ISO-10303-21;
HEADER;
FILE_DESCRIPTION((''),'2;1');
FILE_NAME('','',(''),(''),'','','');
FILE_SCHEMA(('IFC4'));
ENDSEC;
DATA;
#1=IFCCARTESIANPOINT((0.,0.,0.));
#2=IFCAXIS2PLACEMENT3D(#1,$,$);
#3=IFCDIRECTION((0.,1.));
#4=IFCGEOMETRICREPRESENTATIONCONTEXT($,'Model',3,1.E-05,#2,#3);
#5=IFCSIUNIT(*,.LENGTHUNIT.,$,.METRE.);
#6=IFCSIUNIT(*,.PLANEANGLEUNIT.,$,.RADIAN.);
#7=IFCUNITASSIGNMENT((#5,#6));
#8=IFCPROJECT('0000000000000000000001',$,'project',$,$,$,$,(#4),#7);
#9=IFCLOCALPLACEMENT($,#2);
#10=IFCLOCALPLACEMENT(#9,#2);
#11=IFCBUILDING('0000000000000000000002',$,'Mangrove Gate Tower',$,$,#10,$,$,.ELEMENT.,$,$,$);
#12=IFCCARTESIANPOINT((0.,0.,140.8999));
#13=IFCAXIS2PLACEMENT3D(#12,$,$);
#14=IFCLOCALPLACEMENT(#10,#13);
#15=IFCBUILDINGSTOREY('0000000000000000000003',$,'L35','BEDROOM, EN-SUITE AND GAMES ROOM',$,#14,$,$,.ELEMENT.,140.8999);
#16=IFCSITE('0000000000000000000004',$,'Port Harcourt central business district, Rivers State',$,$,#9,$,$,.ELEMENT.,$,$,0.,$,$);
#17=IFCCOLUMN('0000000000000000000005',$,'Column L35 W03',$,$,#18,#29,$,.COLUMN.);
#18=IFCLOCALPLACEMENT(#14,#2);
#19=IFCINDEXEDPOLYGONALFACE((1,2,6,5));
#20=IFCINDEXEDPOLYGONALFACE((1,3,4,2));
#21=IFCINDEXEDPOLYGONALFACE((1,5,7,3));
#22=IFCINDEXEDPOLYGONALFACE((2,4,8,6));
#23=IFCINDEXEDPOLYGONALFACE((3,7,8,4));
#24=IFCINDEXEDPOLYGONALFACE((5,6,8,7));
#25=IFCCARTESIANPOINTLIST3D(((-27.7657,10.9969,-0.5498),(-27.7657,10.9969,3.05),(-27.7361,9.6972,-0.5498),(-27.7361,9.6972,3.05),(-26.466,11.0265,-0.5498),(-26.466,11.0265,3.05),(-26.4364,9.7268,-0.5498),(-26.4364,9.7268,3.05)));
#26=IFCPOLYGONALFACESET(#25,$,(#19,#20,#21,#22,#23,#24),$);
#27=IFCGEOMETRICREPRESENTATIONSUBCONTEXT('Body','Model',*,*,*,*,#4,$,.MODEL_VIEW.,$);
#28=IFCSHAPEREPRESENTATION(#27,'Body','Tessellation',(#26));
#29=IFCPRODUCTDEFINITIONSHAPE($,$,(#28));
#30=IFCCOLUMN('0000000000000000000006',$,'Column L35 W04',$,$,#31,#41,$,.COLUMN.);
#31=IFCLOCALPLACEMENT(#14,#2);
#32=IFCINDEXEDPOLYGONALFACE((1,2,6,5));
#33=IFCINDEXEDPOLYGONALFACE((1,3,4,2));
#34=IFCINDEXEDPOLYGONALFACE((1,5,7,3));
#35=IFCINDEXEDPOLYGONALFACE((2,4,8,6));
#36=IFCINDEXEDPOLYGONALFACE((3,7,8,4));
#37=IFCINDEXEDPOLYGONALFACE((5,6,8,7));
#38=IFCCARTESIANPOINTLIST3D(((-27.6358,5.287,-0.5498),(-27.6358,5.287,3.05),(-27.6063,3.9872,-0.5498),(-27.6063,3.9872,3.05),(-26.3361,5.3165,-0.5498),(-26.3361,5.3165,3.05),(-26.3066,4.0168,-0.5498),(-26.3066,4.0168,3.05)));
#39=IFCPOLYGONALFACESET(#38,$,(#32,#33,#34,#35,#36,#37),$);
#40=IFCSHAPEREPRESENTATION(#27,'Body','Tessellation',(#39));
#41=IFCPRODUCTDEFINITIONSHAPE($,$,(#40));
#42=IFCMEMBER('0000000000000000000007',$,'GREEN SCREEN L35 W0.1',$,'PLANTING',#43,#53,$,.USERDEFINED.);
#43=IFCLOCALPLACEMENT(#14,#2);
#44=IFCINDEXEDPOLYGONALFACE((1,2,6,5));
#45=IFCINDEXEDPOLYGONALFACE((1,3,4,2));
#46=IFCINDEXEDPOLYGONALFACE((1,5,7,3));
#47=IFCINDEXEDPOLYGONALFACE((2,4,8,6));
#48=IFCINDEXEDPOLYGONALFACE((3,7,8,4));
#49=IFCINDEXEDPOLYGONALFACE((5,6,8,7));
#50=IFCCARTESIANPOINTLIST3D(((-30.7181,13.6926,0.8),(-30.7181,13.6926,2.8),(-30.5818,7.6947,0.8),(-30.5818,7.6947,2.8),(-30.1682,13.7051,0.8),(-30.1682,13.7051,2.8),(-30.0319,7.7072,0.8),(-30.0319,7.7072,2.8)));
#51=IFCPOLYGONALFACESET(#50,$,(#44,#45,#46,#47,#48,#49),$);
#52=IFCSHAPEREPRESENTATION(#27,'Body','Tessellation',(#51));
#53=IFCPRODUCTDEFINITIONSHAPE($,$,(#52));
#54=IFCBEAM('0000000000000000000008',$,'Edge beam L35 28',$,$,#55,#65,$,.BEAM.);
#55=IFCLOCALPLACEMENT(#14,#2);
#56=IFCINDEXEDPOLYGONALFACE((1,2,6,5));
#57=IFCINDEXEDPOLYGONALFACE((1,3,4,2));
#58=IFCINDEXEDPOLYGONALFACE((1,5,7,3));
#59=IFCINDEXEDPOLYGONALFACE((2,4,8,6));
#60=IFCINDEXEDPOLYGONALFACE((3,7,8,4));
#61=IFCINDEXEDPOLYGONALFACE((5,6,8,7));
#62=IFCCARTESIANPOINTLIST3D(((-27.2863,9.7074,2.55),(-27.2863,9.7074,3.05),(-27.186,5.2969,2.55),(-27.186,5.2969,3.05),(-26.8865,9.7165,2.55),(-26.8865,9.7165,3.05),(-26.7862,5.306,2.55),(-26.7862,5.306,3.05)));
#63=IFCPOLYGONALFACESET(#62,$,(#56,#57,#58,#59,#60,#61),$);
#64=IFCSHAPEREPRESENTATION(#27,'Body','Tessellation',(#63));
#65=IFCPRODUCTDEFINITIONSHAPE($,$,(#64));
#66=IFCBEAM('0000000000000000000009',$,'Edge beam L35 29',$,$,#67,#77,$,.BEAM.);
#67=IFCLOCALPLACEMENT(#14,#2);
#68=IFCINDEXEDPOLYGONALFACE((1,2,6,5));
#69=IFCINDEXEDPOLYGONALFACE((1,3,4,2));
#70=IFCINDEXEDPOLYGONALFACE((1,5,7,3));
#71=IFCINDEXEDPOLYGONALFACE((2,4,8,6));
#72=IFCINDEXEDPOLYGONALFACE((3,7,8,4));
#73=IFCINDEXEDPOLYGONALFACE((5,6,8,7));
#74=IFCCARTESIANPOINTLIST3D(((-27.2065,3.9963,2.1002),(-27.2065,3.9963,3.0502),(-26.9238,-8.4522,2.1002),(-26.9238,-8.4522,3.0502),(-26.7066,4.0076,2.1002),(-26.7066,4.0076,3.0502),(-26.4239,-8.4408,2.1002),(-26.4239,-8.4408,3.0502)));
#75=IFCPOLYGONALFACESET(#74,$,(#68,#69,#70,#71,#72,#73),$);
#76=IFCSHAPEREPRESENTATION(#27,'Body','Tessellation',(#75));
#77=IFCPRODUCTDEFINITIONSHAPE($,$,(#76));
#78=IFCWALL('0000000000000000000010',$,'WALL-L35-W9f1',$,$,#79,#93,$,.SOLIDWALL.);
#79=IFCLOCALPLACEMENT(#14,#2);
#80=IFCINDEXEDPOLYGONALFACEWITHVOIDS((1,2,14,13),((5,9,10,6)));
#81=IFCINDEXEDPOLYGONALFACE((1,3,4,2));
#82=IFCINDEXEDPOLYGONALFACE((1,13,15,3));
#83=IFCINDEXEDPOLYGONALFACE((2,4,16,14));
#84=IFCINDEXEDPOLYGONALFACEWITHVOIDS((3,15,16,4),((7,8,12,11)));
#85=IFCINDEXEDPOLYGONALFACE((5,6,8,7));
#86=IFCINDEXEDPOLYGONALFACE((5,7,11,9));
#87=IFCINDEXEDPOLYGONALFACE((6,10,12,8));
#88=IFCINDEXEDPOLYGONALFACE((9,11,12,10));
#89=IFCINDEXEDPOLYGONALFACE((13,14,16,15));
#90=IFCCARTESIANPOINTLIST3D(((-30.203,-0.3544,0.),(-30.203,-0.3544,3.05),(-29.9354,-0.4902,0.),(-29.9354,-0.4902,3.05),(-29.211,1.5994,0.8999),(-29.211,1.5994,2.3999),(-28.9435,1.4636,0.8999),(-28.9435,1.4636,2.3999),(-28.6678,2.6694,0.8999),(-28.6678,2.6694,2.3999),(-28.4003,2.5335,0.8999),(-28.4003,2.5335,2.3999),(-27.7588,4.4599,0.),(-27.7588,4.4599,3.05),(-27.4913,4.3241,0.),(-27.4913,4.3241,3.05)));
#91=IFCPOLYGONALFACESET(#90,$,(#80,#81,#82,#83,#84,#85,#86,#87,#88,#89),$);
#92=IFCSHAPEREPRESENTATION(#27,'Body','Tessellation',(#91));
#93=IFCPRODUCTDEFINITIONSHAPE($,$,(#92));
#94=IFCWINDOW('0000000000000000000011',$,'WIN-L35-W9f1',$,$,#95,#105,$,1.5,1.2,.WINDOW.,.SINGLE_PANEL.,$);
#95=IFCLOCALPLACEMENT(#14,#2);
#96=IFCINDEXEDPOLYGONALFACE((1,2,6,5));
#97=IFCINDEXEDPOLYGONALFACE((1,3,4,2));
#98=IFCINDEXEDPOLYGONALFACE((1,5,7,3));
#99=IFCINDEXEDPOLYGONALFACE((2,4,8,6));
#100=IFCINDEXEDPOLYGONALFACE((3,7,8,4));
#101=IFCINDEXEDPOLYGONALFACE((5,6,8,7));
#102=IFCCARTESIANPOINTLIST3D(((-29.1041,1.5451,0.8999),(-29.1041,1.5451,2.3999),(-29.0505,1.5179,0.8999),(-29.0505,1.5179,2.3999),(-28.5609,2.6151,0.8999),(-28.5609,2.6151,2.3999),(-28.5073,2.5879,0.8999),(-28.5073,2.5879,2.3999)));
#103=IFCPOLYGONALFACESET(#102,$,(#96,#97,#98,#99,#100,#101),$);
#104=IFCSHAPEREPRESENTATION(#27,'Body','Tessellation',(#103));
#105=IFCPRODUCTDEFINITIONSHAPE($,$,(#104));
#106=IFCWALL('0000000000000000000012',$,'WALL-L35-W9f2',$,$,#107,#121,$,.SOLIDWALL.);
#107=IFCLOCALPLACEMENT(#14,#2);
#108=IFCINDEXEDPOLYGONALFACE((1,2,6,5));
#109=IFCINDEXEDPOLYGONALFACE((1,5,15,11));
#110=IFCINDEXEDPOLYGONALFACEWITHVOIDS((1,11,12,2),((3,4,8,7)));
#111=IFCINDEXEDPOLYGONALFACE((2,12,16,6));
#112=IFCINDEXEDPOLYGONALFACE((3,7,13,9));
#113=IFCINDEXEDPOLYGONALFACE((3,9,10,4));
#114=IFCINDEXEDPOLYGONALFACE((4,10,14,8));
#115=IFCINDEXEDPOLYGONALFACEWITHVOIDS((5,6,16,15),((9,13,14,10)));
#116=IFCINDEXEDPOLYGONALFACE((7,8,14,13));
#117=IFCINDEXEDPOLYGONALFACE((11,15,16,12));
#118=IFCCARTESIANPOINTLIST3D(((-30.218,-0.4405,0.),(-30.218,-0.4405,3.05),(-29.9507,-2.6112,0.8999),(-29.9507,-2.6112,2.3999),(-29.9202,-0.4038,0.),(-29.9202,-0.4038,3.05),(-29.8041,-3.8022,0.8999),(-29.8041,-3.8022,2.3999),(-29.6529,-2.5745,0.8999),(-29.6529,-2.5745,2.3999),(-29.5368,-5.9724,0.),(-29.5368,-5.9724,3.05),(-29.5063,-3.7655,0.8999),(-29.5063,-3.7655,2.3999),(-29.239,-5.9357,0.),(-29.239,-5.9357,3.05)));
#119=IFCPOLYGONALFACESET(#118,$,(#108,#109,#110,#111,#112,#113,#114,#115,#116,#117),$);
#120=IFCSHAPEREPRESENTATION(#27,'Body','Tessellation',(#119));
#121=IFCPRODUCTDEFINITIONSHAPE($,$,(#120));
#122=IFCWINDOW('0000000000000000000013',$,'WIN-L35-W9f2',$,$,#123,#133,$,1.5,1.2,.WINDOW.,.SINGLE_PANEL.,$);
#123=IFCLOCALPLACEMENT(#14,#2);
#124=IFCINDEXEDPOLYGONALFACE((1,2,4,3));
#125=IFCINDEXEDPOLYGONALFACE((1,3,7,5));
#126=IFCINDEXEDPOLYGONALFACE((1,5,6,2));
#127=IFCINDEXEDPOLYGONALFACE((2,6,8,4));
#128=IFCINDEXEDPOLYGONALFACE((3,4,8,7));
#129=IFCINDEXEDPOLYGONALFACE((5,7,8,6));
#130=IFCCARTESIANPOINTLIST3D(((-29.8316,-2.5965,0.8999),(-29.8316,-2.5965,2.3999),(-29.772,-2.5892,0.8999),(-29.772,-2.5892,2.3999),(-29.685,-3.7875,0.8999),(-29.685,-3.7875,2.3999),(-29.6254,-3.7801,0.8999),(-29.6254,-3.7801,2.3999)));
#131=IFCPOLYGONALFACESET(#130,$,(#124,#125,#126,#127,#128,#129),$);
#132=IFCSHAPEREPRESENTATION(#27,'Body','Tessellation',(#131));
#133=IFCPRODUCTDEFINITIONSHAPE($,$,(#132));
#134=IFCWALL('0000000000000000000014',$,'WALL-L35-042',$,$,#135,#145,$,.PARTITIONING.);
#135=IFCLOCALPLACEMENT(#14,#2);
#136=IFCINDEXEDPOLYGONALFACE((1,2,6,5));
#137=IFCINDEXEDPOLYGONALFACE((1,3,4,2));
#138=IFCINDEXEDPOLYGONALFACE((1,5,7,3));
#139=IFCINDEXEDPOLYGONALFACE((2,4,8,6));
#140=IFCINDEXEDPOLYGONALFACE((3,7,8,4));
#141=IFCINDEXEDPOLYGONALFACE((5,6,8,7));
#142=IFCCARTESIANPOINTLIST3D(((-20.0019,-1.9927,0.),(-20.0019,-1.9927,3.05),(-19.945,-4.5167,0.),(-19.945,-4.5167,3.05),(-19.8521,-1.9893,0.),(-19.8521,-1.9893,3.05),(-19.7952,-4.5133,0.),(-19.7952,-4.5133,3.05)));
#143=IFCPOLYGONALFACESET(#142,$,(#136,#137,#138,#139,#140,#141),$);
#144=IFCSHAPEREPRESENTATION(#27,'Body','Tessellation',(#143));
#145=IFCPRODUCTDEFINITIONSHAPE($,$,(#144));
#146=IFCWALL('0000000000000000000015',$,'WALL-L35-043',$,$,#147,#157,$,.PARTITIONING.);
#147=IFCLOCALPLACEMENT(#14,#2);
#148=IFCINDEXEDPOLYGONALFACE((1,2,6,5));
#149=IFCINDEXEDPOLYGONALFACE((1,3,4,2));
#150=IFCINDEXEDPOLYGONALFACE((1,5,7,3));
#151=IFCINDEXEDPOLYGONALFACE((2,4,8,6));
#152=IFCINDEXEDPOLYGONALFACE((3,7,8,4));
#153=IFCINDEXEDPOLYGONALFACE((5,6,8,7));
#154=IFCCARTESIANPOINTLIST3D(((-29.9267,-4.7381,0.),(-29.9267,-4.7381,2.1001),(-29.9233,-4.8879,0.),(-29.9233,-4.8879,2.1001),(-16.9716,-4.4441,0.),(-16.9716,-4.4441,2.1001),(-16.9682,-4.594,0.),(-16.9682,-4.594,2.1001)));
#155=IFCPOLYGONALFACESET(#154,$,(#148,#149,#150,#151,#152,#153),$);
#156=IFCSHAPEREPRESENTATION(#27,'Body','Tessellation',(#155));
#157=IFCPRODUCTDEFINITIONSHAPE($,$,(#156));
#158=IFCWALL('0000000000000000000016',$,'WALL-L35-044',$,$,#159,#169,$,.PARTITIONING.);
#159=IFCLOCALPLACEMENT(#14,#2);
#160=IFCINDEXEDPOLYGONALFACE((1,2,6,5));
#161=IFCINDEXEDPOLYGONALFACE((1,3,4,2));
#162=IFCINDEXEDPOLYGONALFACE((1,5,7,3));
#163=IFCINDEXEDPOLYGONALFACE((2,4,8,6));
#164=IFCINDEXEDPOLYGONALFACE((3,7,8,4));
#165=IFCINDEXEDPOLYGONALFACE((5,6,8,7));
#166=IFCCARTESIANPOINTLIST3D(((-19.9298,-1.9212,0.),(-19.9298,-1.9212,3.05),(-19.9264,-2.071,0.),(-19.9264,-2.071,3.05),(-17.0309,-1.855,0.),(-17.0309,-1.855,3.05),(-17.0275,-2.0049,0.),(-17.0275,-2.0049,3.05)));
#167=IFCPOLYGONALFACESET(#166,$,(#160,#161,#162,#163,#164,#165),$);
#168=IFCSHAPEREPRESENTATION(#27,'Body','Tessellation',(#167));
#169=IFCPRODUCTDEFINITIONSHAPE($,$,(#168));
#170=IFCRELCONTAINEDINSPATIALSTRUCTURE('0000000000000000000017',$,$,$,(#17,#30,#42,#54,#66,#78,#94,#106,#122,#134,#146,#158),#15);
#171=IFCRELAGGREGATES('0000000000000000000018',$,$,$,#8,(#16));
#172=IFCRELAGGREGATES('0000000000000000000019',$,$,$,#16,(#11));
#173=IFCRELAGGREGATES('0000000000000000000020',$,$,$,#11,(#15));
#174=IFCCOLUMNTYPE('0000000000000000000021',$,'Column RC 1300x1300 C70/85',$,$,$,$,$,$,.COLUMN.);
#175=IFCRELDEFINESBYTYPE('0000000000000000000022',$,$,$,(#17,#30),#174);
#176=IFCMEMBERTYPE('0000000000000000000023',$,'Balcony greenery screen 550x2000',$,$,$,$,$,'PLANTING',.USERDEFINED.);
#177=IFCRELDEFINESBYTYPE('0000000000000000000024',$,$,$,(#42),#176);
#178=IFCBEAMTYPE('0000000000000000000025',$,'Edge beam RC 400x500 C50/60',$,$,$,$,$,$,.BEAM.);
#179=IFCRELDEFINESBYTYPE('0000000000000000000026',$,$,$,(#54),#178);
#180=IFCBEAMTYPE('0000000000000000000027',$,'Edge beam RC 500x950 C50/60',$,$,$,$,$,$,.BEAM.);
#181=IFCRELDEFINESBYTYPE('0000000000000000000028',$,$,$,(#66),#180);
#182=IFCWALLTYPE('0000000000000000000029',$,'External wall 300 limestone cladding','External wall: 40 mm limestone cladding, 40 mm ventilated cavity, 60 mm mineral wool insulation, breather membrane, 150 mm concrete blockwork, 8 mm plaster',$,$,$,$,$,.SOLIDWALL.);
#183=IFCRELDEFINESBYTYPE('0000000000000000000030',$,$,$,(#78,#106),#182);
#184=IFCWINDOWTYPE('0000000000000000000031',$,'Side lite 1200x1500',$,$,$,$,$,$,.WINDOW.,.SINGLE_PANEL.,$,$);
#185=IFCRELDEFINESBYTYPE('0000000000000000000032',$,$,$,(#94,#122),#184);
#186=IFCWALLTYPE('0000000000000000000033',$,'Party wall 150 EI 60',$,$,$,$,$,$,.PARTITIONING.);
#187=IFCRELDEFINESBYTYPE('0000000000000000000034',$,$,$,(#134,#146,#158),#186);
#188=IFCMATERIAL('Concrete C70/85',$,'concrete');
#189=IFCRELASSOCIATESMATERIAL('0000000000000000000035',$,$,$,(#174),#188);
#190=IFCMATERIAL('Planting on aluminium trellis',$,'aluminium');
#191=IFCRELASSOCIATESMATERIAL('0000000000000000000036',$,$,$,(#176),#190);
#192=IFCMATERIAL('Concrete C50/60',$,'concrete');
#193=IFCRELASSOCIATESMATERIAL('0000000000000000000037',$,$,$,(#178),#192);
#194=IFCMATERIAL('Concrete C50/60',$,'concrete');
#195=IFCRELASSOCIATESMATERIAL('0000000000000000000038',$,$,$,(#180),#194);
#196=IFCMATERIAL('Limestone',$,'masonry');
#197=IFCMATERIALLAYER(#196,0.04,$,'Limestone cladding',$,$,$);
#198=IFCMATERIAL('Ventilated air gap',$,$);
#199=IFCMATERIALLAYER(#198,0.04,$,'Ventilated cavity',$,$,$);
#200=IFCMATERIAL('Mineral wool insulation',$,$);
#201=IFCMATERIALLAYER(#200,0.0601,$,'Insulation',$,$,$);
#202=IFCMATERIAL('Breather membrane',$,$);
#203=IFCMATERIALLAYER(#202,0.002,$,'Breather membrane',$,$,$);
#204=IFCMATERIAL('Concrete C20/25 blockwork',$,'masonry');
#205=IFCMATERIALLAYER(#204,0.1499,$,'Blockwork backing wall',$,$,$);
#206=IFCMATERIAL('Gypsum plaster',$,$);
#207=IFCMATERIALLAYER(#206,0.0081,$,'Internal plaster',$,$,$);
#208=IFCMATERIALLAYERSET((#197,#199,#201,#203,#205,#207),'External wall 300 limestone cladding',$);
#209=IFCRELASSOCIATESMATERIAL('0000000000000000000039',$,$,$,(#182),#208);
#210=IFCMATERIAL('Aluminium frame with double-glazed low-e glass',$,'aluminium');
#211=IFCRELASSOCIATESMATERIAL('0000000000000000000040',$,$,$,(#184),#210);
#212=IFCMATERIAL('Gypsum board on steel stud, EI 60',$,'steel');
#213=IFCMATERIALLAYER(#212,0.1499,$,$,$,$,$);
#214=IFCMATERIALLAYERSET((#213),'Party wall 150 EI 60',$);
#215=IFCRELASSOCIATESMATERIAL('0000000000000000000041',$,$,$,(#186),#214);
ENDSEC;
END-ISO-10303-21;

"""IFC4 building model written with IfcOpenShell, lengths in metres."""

from ifc_helpers import new_model, si_unit, direction, frame, frame_2d, origin, origin_2d, place, context, subcontext, project, spatial, rectangle, extrude, material, layer, layer_set, material_profile, profile_set, type_object, element, fill, save


model = new_model("IFC4")

# Units and contexts
model_context = context("Model", 3, precision=1e-05, world=origin(), true_north=direction((0.0, 1.0)))
body_context = subcontext(model_context, "Body", "Model", "MODEL_VIEW")
ifc_project = project(units=[si_unit("LENGTHUNIT", "METRE"), si_unit("PLANEANGLEUNIT", "RADIAN")], contexts=[model_context])

# Site, building, storey
site_placement = place(None, origin())
site = spatial("IfcSite", under=ifc_project, at=site_placement, Name="Port Harcourt central business district, Rivers State", CompositionType="ELEMENT", RefElevation=0.0)
building_placement = place(site_placement, origin())
building = spatial("IfcBuilding", under=site, at=building_placement, Name="Mangrove Gate Tower", CompositionType="ELEMENT")
storey_placement = place(building_placement, frame((0.0, 0.0, 140.8999)))
storey = spatial("IfcBuildingStorey", under=building, at=storey_placement, Name="L35", Description="BEDROOM, EN-SUITE AND GAMES ROOM", CompositionType="ELEMENT", Elevation=140.8999)

# Columns
ifc_material_1 = material(Name="Concrete C70/85", Category="concrete")
ifc_material_profile_1 = material_profile(ifc_material_1, rectangle(XDim=1.3, YDim=1.3, at=origin_2d()))
ifc_profile_set_1 = profile_set([ifc_material_profile_1], Name="Concrete C70/85")
column_type = type_object("IfcColumnType", Name="Column RC 1300x1300 C70/85", PredefinedType="COLUMN", material=ifc_profile_set_1)
for number, where, z_axis, x_axis, name in (
    (1, (-27.1011, 10.3618, -0.5498), (0.0, 0.0, 1.0), (0.022759, -0.999741, 0.0), "Column L35 W03"),
    (2, (-26.9712, 4.6519, -0.5498), (0.0, 0.0, 1.0), (0.02271, -0.999742, 0.0), "Column L35 W04"),
):
    element("IfcColumn", number, at=place(storey_placement, frame(where, z_axis=z_axis, x_axis=x_axis)), inside=storey, type_object=column_type, Name=name, PredefinedType="COLUMN", context=body_context, shape_type="SweptSolid", body=[
        extrude(rectangle(XDim=1.3, YDim=1.3, at=origin_2d()), origin(), (0.0, 0.0, 1.0), 3.5999),
    ])

# Member
ifc_material_2 = material(Name="Planting on aluminium trellis", Category="aluminium")
ifc_material_profile_2 = material_profile(ifc_material_2, rectangle(XDim=0.55, YDim=2.0, at=origin_2d()))
ifc_profile_set_2 = profile_set([ifc_material_profile_2], Name="Planting on aluminium trellis")
member_type = type_object("IfcMemberType", Name="Balcony greenery screen 550x2000", ElementType="PLANTING", PredefinedType="USERDEFINED", material=ifc_profile_set_2)
member_placement = place(storey_placement, frame((-30.3069, 7.7009, 1.8), z_axis=(-0.022707, 0.999742, 0.0), x_axis=(-0.999742, -0.022707, 0.0)))
element("IfcMember", 3, at=member_placement, inside=storey, type_object=member_type, Name="GREEN SCREEN L35 W0.1", ObjectType="PLANTING", PredefinedType="USERDEFINED", context=body_context, shape_type="SweptSolid", body=[
    extrude(rectangle(XDim=0.55, YDim=2.0, at=origin_2d()), origin(), (0.0, 0.0, 1.0), 5.9995),
])

# Beams
ifc_material_3 = material(Name="Concrete C50/60", Category="concrete")
ifc_material_profile_3 = material_profile(ifc_material_3, rectangle(XDim=0.3999, YDim=0.5, at=origin_2d()))
ifc_profile_set_3 = profile_set([ifc_material_profile_3], Name="Concrete C50/60")
beam_type_1 = type_object("IfcBeamType", Name="Edge beam RC 400x500 C50/60", PredefinedType="BEAM", material=ifc_profile_set_3)
beam_1_placement = place(storey_placement, frame((-27.0864, 9.7119, 2.8), z_axis=(0.022745, -0.999741, 0.0), x_axis=(0.999741, 0.022745, 0.0)))
element("IfcBeam", 4, at=beam_1_placement, inside=storey, type_object=beam_type_1, Name="Edge beam L35 28", PredefinedType="BEAM", context=body_context, shape_type="SweptSolid", body=[
    extrude(rectangle(XDim=0.3999, YDim=0.5, at=origin_2d()), origin(), (0.0, 0.0, 1.0), 4.4116),
])
ifc_material_4 = material(Name="Concrete C50/60", Category="concrete")
ifc_material_profile_4 = material_profile(ifc_material_4, rectangle(XDim=0.5, YDim=0.95, at=origin_2d()))
ifc_profile_set_4 = profile_set([ifc_material_profile_4], Name="Concrete C50/60")
beam_type_2 = type_object("IfcBeamType", Name="Edge beam RC 500x950 C50/60", PredefinedType="BEAM", material=ifc_profile_set_4)
beam_2_placement = place(storey_placement, frame((-26.9565, 4.002, 2.5752), z_axis=(0.022705, -0.999742, 0.0), x_axis=(0.999742, 0.022705, 0.0)))
element("IfcBeam", 5, at=beam_2_placement, inside=storey, type_object=beam_type_2, Name="Edge beam L35 29", PredefinedType="BEAM", context=body_context, shape_type="SweptSolid", body=[
    extrude(rectangle(XDim=0.5, YDim=0.95, at=origin_2d()), origin(), (0.0, 0.0, 1.0), 12.4517),
])

# Walls, openings, windows
ifc_material_5 = material(Name="Limestone", Category="masonry")
ifc_layer_1 = layer(ifc_material_5, 0.04, Name="Limestone cladding")
ifc_material_6 = material(Name="Ventilated air gap")
ifc_layer_2 = layer(ifc_material_6, 0.04, Name="Ventilated cavity")
ifc_material_7 = material(Name="Mineral wool insulation")
ifc_layer_3 = layer(ifc_material_7, 0.0601, Name="Insulation")
ifc_material_8 = material(Name="Breather membrane")
ifc_layer_4 = layer(ifc_material_8, 0.002, Name="Breather membrane")
ifc_material_9 = material(Name="Concrete C20/25 blockwork", Category="masonry")
ifc_layer_5 = layer(ifc_material_9, 0.1499, Name="Blockwork backing wall")
ifc_material_10 = material(Name="Gypsum plaster")
ifc_layer_6 = layer(ifc_material_10, 0.0081, Name="Internal plaster")
ifc_layer_set_1 = layer_set([ifc_layer_1, ifc_layer_2, ifc_layer_3, ifc_layer_4, ifc_layer_5, ifc_layer_6], Name="External wall 300 limestone cladding")
wall_type_1 = type_object("IfcWallType", Name="External wall 300 limestone cladding", Description="External wall: 40 mm limestone cladding, 40 mm ventilated cavity, 60 mm mineral wool insulation, breather membrane, 150 mm concrete blockwork, 8 mm plaster", PredefinedType="SOLIDWALL", material=ifc_layer_set_1)
wall_1_placement = place(storey_placement, frame((-27.625, 4.3921, 0.0), z_axis=(0.0, 0.0, 1.0), x_axis=(-0.452686, -0.89167, 0.0)))
wall_1 = element("IfcWall", 6, at=wall_1_placement, inside=storey, type_object=wall_type_1, Name="WALL-L35-W9f1", PredefinedType="SOLIDWALL", context=body_context, shape_type="SweptSolid", body=[
    extrude(rectangle(XDim=5.3992, YDim=0.3, at=frame_2d((2.6997, 0.0))), origin(), (0.0, 0.0, 1.0), 3.05),
])
opening_1_placement = place(wall_1_placement, frame((2.0081, 0.0, 0.8999)))
opening_1 = element("IfcOpeningElement", 7, at=opening_1_placement, cuts=wall_1, PredefinedType="OPENING", context=body_context, shape_type="SweptSolid", body=[
    extrude(rectangle(XDim=1.2, YDim=1.5, at=frame_2d((0.6001, 0.75))), frame((0.0, 0.1599, 0.0), z_axis=(0.0, -1.0, 0.0), x_axis=(1.0, 0.0, 0.0)), (0.0, 0.0, 1.0), 0.3201),
])
ifc_material_11 = material(Name="Aluminium frame with double-glazed low-e glass", Category="aluminium")
window_type = type_object("IfcWindowType", Name="Side lite 1200x1500", PartitioningType="SINGLE_PANEL", PredefinedType="WINDOW", material=ifc_material_11)
window_1_placement = place(opening_1_placement, origin())
window_1 = element("IfcWindow", 8, at=window_1_placement, inside=storey, type_object=window_type, Name="WIN-L35-W9f1", OverallHeight=1.5, OverallWidth=1.2, PartitioningType="SINGLE_PANEL", PredefinedType="WINDOW", context=body_context, shape_type="SweptSolid", body=[
    extrude(rectangle(XDim=1.2, YDim=1.5, at=frame_2d((0.6001, 0.75))), frame((0.0, 0.03, 0.0), z_axis=(0.0, -1.0, 0.0), x_axis=(1.0, 0.0, 0.0)), (0.0, 0.0, 1.0), 0.0601),
])
fill(opening_1, window_1)
wall_2_placement = place(storey_placement, frame((-30.0691, -0.4221, 0.0), z_axis=(0.0, 0.0, 1.0), x_axis=(0.122207, -0.992505, 0.0)))
wall_2 = element("IfcWall", 9, at=wall_2_placement, inside=storey, type_object=wall_type_1, Name="WALL-L35-W9f2", PredefinedType="SOLIDWALL", context=body_context, shape_type="SweptSolid", body=[
    extrude(rectangle(XDim=5.5737, YDim=0.3, at=frame_2d((2.7869, 0.0))), origin(), (0.0, 0.0, 1.0), 3.05),
])
opening_2_placement = place(wall_2_placement, frame((2.187, 0.0, 0.8999)))
opening_2 = element("IfcOpeningElement", 10, at=opening_2_placement, cuts=wall_2, PredefinedType="OPENING", context=body_context, shape_type="SweptSolid", body=[
    extrude(rectangle(XDim=1.2, YDim=1.5, at=frame_2d((0.6001, 0.75))), frame((0.0, 0.1599, 0.0), z_axis=(0.0, -1.0, 0.0), x_axis=(1.0, 0.0, 0.0)), (0.0, 0.0, 1.0), 0.3201),
])
window_2_placement = place(opening_2_placement, origin())
window_2 = element("IfcWindow", 11, at=window_2_placement, inside=storey, type_object=window_type, Name="WIN-L35-W9f2", OverallHeight=1.5, OverallWidth=1.2, PartitioningType="SINGLE_PANEL", PredefinedType="WINDOW", context=body_context, shape_type="SweptSolid", body=[
    extrude(rectangle(XDim=1.2, YDim=1.5, at=frame_2d((0.6001, 0.75))), frame((0.0, 0.03, 0.0), z_axis=(0.0, -1.0, 0.0), x_axis=(1.0, 0.0, 0.0)), (0.0, 0.0, 1.0), 0.0601),
])
fill(opening_2, window_2)

# Walls
ifc_material_12 = material(Name="Gypsum board on steel stud, EI 60", Category="steel")
ifc_layer_7 = layer(ifc_material_12, 0.1499)
ifc_layer_set_2 = layer_set([ifc_layer_7], Name="Party wall 150 EI 60")
wall_type_2 = type_object("IfcWallType", Name="Party wall 150 EI 60", PredefinedType="PARTITIONING", material=ifc_layer_set_2)
wall_3_placement = place(storey_placement, frame((-19.8701, -4.5149, 0.0), z_axis=(0.0, 0.0, 1.0), x_axis=(-0.022532, 0.999746, 0.0)))
element("IfcWall", 12, at=wall_3_placement, inside=storey, type_object=wall_type_2, Name="WALL-L35-042", PredefinedType="PARTITIONING", context=body_context, shape_type="SweptSolid", body=[
    extrude(rectangle(XDim=2.5247, YDim=0.1499, at=frame_2d((1.2622, 0.0))), origin(), (0.0, 0.0, 1.0), 3.05),
])
wall_4_placement = place(storey_placement, frame((-29.925, -4.813, 0.0), z_axis=(0.0, 0.0, 1.0), x_axis=(0.999743, 0.022684, 0.0)))
element("IfcWall", 13, at=wall_4_placement, inside=storey, type_object=wall_type_2, Name="WALL-L35-043", PredefinedType="PARTITIONING", context=body_context, shape_type="SweptSolid", body=[
    extrude(rectangle(XDim=12.9585, YDim=0.1499, at=frame_2d((6.4792, 0.0))), origin(), (0.0, 0.0, 1.0), 2.1001),
])
wall_5_placement = place(storey_placement, frame((-19.928, -1.9961, 0.0), z_axis=(0.0, 0.0, 1.0), x_axis=(0.99974, 0.022817, 0.0)))
element("IfcWall", 14, at=wall_5_placement, inside=storey, type_object=wall_type_2, Name="WALL-L35-044", PredefinedType="PARTITIONING", context=body_context, shape_type="SweptSolid", body=[
    extrude(rectangle(XDim=2.8997, YDim=0.1499, at=frame_2d((1.4497, 0.0))), origin(), (0.0, 0.0, 1.0), 3.05),
])

save(model, "model.ifc")
